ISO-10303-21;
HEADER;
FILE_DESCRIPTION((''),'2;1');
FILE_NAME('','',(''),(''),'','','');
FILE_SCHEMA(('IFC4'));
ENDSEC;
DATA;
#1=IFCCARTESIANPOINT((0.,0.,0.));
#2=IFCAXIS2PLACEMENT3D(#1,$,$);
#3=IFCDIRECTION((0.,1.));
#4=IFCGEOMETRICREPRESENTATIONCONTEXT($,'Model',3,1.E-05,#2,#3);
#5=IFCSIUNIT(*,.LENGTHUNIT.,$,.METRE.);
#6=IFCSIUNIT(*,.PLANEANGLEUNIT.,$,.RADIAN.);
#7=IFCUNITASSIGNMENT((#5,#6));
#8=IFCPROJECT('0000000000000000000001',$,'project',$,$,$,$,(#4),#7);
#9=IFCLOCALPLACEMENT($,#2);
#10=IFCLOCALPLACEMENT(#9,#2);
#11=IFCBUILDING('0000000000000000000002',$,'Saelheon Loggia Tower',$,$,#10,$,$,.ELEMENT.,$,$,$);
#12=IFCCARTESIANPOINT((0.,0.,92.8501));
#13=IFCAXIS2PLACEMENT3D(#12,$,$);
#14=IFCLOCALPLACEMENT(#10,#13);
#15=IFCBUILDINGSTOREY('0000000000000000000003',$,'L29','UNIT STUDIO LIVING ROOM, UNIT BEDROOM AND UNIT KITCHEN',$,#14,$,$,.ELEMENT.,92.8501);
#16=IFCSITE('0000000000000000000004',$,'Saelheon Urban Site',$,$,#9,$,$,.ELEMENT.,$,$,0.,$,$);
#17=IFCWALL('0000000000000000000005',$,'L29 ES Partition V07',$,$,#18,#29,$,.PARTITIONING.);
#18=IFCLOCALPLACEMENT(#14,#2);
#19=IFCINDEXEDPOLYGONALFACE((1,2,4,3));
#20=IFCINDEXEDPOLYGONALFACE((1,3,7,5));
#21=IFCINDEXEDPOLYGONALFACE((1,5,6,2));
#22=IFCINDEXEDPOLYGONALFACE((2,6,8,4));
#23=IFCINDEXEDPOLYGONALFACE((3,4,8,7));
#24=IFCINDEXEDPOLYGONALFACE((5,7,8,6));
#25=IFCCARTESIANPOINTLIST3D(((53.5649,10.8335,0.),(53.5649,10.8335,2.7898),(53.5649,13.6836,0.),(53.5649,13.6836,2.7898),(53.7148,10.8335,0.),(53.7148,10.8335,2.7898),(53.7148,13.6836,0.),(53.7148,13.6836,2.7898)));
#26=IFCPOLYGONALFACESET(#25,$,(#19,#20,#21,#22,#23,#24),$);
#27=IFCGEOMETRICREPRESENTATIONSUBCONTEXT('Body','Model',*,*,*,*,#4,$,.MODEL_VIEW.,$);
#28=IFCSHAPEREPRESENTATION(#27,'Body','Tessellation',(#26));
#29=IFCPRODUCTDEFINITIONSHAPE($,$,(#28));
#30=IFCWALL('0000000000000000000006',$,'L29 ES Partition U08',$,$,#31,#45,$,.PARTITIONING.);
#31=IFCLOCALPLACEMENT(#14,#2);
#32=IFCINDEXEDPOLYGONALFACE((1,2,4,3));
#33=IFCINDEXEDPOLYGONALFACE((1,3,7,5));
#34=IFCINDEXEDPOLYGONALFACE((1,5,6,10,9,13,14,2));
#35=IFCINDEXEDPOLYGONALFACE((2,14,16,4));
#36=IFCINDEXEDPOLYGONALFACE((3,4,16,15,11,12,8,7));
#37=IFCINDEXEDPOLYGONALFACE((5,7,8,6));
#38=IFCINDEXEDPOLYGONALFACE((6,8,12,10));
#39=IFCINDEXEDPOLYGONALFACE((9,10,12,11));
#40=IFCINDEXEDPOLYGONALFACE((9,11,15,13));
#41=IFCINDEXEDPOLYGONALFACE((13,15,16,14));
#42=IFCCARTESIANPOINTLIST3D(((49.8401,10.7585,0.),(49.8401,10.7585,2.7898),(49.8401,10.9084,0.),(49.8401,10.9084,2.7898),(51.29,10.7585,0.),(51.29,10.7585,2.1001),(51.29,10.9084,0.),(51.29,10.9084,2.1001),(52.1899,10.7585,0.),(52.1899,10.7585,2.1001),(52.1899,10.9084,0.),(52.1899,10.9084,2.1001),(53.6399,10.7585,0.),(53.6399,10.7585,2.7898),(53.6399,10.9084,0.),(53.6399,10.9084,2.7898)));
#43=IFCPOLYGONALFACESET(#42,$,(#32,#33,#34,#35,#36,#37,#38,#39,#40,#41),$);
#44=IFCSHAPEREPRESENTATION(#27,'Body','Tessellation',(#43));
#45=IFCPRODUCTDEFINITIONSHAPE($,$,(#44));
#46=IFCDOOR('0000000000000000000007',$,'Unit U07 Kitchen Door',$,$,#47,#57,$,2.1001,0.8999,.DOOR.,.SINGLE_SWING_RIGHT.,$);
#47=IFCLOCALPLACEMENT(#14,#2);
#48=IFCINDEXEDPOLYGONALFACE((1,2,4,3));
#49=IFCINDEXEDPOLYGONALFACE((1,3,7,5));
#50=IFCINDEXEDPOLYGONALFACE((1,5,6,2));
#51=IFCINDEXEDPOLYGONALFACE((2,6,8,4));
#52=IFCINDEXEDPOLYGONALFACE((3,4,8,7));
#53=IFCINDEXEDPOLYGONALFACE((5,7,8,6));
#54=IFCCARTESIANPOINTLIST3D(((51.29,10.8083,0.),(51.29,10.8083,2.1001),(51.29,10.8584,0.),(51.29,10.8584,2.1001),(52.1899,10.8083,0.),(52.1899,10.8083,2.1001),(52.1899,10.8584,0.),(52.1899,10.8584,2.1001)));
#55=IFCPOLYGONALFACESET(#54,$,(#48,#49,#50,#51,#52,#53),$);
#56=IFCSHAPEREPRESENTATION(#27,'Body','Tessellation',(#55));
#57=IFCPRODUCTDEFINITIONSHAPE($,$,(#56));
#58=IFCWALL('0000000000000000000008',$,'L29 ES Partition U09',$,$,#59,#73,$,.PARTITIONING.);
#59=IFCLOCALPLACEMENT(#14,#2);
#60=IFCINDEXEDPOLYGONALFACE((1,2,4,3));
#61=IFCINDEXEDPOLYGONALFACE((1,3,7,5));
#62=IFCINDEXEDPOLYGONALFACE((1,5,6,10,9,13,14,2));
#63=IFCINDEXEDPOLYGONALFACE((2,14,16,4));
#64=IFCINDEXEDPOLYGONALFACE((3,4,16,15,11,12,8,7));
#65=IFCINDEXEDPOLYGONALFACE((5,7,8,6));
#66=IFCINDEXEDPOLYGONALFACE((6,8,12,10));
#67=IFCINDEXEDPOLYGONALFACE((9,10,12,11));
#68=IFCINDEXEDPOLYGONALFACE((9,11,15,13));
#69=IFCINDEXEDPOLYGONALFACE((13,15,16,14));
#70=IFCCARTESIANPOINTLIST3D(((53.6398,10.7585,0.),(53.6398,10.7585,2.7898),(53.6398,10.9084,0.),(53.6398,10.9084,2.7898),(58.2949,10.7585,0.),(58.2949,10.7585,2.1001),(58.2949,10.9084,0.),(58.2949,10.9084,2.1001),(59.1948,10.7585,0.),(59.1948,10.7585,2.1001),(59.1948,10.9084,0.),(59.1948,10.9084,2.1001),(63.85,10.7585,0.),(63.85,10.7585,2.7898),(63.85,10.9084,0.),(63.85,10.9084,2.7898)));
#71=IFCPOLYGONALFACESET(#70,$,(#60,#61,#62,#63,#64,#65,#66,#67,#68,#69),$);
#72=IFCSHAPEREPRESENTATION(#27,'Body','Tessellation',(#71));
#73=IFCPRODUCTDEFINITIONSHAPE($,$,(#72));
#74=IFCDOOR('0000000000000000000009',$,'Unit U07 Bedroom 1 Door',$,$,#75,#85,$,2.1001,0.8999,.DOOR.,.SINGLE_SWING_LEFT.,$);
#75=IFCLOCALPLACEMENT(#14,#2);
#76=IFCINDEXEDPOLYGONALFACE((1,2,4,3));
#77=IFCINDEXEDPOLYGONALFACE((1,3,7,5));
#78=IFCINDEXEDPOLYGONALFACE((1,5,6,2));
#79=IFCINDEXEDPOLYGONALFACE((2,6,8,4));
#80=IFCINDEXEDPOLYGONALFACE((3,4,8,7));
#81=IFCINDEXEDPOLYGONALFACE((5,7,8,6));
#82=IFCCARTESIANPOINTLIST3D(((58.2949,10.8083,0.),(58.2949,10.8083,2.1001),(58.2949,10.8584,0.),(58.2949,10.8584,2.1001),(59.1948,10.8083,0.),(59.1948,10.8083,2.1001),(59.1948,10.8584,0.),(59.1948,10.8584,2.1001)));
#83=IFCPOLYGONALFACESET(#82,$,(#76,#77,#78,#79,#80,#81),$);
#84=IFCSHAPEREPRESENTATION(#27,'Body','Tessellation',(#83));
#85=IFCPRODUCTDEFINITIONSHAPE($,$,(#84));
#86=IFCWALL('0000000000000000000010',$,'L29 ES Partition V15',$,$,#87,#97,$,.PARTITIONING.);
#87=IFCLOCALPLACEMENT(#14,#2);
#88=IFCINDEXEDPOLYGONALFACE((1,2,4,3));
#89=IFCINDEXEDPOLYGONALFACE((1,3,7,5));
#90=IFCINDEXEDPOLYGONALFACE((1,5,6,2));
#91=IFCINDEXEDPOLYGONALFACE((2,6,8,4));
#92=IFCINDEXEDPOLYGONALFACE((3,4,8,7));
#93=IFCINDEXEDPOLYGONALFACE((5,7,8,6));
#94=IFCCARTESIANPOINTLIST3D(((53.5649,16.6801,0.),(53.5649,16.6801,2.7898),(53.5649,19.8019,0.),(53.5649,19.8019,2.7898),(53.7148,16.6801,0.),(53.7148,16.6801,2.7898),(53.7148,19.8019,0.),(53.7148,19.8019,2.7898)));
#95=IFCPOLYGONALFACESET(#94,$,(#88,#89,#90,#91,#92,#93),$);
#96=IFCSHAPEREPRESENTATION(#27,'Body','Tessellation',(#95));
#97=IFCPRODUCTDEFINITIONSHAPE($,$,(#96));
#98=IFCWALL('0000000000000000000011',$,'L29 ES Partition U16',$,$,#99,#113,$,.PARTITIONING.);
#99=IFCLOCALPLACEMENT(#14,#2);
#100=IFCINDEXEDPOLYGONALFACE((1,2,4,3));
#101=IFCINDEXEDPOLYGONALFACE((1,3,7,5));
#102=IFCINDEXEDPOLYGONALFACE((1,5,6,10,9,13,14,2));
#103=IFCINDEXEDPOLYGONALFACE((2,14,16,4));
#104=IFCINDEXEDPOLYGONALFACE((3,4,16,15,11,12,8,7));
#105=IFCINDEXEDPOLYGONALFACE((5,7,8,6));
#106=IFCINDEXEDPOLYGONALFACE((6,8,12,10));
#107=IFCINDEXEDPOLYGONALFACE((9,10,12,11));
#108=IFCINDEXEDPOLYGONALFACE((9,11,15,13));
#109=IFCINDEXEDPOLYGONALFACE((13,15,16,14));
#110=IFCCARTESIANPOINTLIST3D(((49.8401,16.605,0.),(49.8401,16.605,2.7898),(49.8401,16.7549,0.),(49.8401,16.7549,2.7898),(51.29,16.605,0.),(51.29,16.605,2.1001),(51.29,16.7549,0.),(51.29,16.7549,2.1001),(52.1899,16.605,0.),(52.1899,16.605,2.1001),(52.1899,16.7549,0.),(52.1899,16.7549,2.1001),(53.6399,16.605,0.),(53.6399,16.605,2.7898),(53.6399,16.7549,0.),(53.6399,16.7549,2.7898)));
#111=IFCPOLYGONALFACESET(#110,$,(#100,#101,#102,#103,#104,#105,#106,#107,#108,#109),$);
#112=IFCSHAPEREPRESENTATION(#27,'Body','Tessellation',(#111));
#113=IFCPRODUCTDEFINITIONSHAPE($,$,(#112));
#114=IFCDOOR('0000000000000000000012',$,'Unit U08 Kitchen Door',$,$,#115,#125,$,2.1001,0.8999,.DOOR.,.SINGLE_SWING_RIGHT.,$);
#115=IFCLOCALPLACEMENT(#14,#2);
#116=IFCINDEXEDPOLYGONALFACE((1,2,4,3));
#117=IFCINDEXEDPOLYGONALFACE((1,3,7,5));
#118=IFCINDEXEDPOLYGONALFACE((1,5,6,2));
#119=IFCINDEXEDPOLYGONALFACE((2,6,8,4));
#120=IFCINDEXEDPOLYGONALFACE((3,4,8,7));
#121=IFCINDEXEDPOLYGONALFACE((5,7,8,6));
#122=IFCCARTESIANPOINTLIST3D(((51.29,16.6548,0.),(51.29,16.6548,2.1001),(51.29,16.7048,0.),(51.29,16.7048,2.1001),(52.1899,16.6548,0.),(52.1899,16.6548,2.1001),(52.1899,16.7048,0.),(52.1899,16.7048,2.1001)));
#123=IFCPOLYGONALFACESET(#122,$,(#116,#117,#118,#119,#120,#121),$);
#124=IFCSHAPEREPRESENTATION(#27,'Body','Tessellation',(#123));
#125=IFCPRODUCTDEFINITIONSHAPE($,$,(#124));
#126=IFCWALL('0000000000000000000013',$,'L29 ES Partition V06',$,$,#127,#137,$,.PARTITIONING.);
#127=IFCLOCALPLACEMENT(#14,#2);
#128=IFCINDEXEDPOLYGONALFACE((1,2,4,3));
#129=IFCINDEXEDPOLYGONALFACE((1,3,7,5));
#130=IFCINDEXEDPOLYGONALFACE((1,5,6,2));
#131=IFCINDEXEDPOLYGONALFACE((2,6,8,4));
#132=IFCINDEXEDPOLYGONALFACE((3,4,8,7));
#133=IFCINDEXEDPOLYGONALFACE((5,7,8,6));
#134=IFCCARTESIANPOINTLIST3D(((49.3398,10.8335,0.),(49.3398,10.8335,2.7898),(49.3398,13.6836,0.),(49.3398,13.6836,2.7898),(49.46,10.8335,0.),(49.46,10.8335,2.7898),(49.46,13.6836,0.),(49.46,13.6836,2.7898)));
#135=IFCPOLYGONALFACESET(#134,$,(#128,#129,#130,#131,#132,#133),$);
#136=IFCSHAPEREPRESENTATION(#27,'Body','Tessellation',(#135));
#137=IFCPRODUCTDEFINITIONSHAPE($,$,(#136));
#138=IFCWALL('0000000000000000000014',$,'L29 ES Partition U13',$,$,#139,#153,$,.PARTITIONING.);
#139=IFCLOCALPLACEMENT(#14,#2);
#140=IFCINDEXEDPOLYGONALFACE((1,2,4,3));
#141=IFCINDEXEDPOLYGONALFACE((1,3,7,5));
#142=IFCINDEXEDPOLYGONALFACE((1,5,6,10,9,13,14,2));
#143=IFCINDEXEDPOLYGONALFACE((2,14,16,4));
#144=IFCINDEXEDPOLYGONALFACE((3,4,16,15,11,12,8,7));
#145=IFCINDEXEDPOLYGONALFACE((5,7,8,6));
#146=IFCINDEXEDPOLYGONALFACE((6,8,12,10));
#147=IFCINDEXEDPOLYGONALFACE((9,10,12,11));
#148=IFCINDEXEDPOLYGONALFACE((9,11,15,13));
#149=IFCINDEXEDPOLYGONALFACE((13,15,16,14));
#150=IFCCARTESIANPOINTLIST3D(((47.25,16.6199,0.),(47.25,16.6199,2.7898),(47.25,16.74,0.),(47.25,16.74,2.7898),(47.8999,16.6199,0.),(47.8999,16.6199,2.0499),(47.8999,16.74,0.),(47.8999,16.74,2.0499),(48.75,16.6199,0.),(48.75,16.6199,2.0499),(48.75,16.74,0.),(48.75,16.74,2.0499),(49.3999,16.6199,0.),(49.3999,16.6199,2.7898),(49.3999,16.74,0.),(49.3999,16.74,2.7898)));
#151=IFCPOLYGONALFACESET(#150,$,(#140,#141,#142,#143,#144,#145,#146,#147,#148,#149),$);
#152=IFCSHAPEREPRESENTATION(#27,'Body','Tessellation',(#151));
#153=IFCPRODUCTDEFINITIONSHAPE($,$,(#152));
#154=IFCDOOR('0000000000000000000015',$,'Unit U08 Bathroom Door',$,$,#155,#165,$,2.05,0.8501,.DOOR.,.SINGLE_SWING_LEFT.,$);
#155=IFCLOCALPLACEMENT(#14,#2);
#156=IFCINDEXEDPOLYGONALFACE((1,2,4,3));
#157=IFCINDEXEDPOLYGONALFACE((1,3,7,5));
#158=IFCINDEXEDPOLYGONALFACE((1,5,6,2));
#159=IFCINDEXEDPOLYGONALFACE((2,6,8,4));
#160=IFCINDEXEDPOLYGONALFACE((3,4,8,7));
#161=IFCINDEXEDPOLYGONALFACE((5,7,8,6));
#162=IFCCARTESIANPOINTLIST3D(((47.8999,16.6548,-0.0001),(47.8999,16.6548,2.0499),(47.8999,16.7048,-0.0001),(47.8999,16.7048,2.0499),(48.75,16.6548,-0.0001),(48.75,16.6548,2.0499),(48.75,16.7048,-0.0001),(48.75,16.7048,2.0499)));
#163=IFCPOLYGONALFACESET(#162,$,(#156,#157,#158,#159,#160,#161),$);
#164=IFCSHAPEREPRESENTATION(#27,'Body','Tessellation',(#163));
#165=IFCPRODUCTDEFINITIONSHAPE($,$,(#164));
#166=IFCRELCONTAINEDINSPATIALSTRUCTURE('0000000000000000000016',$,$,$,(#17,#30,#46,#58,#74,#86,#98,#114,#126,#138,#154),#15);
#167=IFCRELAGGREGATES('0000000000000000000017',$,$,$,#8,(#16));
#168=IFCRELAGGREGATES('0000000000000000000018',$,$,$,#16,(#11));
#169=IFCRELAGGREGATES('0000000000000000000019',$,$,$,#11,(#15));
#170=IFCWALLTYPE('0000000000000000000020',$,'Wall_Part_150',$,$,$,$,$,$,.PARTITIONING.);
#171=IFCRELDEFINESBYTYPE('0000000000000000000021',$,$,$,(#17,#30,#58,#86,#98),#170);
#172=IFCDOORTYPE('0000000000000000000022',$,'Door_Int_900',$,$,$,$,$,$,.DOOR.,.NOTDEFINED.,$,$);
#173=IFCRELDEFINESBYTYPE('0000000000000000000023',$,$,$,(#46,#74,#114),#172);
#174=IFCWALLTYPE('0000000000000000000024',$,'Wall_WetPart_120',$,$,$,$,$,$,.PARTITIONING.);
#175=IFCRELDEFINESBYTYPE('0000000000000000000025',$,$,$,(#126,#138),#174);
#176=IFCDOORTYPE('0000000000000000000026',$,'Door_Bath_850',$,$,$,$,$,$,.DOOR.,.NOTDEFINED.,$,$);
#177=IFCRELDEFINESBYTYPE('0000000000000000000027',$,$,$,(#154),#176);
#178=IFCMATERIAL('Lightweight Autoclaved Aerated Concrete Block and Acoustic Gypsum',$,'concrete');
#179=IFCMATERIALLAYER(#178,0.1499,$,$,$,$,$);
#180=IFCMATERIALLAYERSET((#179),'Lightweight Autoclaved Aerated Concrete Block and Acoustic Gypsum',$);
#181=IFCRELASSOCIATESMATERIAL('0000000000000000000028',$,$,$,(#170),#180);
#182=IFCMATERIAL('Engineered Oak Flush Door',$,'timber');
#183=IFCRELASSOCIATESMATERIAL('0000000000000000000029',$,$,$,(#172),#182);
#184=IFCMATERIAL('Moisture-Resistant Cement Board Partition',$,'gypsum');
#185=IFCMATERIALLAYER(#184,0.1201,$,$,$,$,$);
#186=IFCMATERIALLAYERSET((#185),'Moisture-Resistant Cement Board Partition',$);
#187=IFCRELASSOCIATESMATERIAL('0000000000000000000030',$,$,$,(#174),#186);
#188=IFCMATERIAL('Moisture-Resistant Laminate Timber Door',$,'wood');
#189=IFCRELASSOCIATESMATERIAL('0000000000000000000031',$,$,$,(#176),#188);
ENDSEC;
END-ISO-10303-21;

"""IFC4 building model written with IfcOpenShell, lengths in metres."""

from ifc_helpers import new_model, si_unit, direction, frame, frame_2d, origin, place, context, subcontext, project, spatial, rectangle, extrude, source, transform, mapped, material, layer, layer_set, type_object, element, fill, save


model = new_model("IFC4")

# Units and contexts
model_context = context("Model", 3, precision=1e-05, world=origin(), true_north=direction((0.0, 1.0)))
body_context = subcontext(model_context, "Body", "Model", "MODEL_VIEW")
ifc_project = project(units=[si_unit("LENGTHUNIT", "METRE"), si_unit("PLANEANGLEUNIT", "RADIAN")], contexts=[model_context])

# Site, building, storey
site_placement = place(None, origin())
site = spatial("IfcSite", under=ifc_project, at=site_placement, Name="Saelheon Urban Site", CompositionType="ELEMENT", RefElevation=0.0)
building_placement = place(site_placement, origin())
building = spatial("IfcBuilding", under=site, at=building_placement, Name="Saelheon Loggia Tower", CompositionType="ELEMENT")
storey_placement = place(building_placement, frame((0.0, 0.0, 92.8501)))
storey = spatial("IfcBuildingStorey", under=building, at=storey_placement, Name="L29", Description="UNIT STUDIO LIVING ROOM, UNIT BEDROOM AND UNIT KITCHEN", CompositionType="ELEMENT", Elevation=92.8501)

# Wall
ifc_material_1 = material(Name="Lightweight Autoclaved Aerated Concrete Block and Acoustic Gypsum", Category="concrete")
ifc_layer_1 = layer(ifc_material_1, 0.1499)
ifc_layer_set_1 = layer_set([ifc_layer_1], Name="Lightweight Autoclaved Aerated Concrete Block and Acoustic Gypsum")
wall_type_1 = type_object("IfcWallType", Name="Wall_Part_150", PredefinedType="PARTITIONING", material=ifc_layer_set_1)
wall_1_placement = place(storey_placement, frame((53.6399, 10.8335, 0.0), z_axis=(0.0, 0.0, 1.0), x_axis=(0.0, 1.0, 0.0)))
element("IfcWall", 1, at=wall_1_placement, inside=storey, type_object=wall_type_1, Name="L29 ES Partition V07", PredefinedType="PARTITIONING", context=body_context, shape_type="SweptSolid", body=[
    extrude(rectangle(XDim=2.8501, YDim=0.1499, at=frame_2d((1.425, 0.0))), origin(), (0.0, 0.0, 1.0), 2.7898),
])

# Walls, openings, doors
wall_2_placement = place(storey_placement, frame((49.8401, 10.8335, 0.0), z_axis=(0.0, 0.0, 1.0), x_axis=(1.0, 0.0, 0.0)))
wall_2 = element("IfcWall", 2, at=wall_2_placement, inside=storey, type_object=wall_type_1, Name="L29 ES Partition U08", PredefinedType="PARTITIONING", context=body_context, shape_type="SweptSolid", body=[
    extrude(rectangle(XDim=3.7998, YDim=0.1499, at=frame_2d((1.8999, 0.0))), origin(), (0.0, 0.0, 1.0), 2.7898),
])
opening_1_placement = place(wall_2_placement, frame((1.45, 0.0, 0.0)))
opening_1 = element("IfcOpeningElement", 3, at=opening_1_placement, cuts=wall_2, PredefinedType="OPENING", context=body_context, shape_type="SweptSolid", body=[
    extrude(rectangle(XDim=0.8999, YDim=2.1001, at=frame_2d((0.45, 1.05))), frame((0.0, 0.0869, 0.0), z_axis=(0.0, -1.0, 0.0), x_axis=(1.0, 0.0, 0.0)), (0.0, 0.0, 1.0), 0.1738),
])
ifc_material_2 = material(Name="Engineered Oak Flush Door", Category="timber")
door_type_1 = type_object("IfcDoorType", Name="Door_Int_900", OperationType="NOTDEFINED", PredefinedType="DOOR", material=ifc_material_2)
shared_shape_1 = source(origin(), body_context, "Body", "SweptSolid", [
    extrude(rectangle(XDim=0.8999, YDim=2.1001, at=frame_2d((0.45, 1.05))), frame((0.0, 0.0249, 0.0), z_axis=(0.0, -1.0, 0.0), x_axis=(1.0, 0.0, 0.0)), (0.0, 0.0, 1.0), 0.05),
])
door_1_placement = place(opening_1_placement, origin())
door_1 = element("IfcDoor", 4, at=door_1_placement, inside=storey, type_object=door_type_1, Name="Unit U07 Kitchen Door", OperationType="SINGLE_SWING_RIGHT", OverallHeight=2.1001, OverallWidth=0.8999, PredefinedType="DOOR", context=body_context, shape_type="MappedRepresentation", body=[
    mapped(shared_shape_1, transform((0.0, 0.0, 0.0), scale=1.0)),
])
fill(opening_1, door_1)
wall_3_placement = place(storey_placement, frame((53.6399, 10.8335, 0.0), z_axis=(0.0, 0.0, 1.0), x_axis=(1.0, 0.0, 0.0)))
wall_3 = element("IfcWall", 5, at=wall_3_placement, inside=storey, type_object=wall_type_1, Name="L29 ES Partition U09", PredefinedType="PARTITIONING", context=body_context, shape_type="SweptSolid", body=[
    extrude(rectangle(XDim=10.2102, YDim=0.1499, at=frame_2d((5.105, 0.0))), origin(), (0.0, 0.0, 1.0), 2.7898),
])
opening_2_placement = place(wall_3_placement, frame((4.655, 0.0, 0.0)))
opening_2 = element("IfcOpeningElement", 6, at=opening_2_placement, cuts=wall_3, PredefinedType="OPENING", context=body_context, shape_type="SweptSolid", body=[
    extrude(rectangle(XDim=0.8999, YDim=2.1001, at=frame_2d((0.45, 1.05))), frame((0.0, 0.0869, 0.0), z_axis=(0.0, -1.0, 0.0), x_axis=(1.0, 0.0, 0.0)), (0.0, 0.0, 1.0), 0.1738),
])
door_2_placement = place(opening_2_placement, origin())
door_2 = element("IfcDoor", 7, at=door_2_placement, inside=storey, type_object=door_type_1, Name="Unit U07 Bedroom 1 Door", OperationType="SINGLE_SWING_LEFT", OverallHeight=2.1001, OverallWidth=0.8999, PredefinedType="DOOR", context=body_context, shape_type="MappedRepresentation", body=[
    mapped(shared_shape_1, transform((0.0, 0.0, 0.0), scale=1.0)),
])
fill(opening_2, door_2)

# Wall
wall_4_placement = place(storey_placement, frame((53.6399, 16.6799, 0.0), z_axis=(0.0, 0.0, 1.0), x_axis=(0.0, 1.0, 0.0)))
element("IfcWall", 8, at=wall_4_placement, inside=storey, type_object=wall_type_1, Name="L29 ES Partition V15", PredefinedType="PARTITIONING", context=body_context, shape_type="SweptSolid", body=[
    extrude(rectangle(XDim=3.1218, YDim=0.1499, at=frame_2d((1.561, 0.0))), origin(), (0.0, 0.0, 1.0), 2.7898),
])

# Wall, opening, door
wall_5_placement = place(storey_placement, frame((49.8401, 16.6799, 0.0), z_axis=(0.0, 0.0, 1.0), x_axis=(1.0, 0.0, 0.0)))
wall_5 = element("IfcWall", 9, at=wall_5_placement, inside=storey, type_object=wall_type_1, Name="L29 ES Partition U16", PredefinedType="PARTITIONING", context=body_context, shape_type="SweptSolid", body=[
    extrude(rectangle(XDim=3.7998, YDim=0.1499, at=frame_2d((1.8999, 0.0))), origin(), (0.0, 0.0, 1.0), 2.7898),
])
opening_3_placement = place(wall_5_placement, frame((1.45, 0.0, 0.0)))
opening_3 = element("IfcOpeningElement", 10, at=opening_3_placement, cuts=wall_5, PredefinedType="OPENING", context=body_context, shape_type="SweptSolid", body=[
    extrude(rectangle(XDim=0.8999, YDim=2.1001, at=frame_2d((0.45, 1.05))), frame((0.0, 0.0869, 0.0), z_axis=(0.0, -1.0, 0.0), x_axis=(1.0, 0.0, 0.0)), (0.0, 0.0, 1.0), 0.1738),
])
door_3_placement = place(opening_3_placement, origin())
door_3 = element("IfcDoor", 11, at=door_3_placement, inside=storey, type_object=door_type_1, Name="Unit U08 Kitchen Door", OperationType="SINGLE_SWING_RIGHT", OverallHeight=2.1001, OverallWidth=0.8999, PredefinedType="DOOR", context=body_context, shape_type="MappedRepresentation", body=[
    mapped(shared_shape_1, transform((0.0, 0.0, 0.0), scale=1.0)),
])
fill(opening_3, door_3)

# Wall
ifc_material_3 = material(Name="Moisture-Resistant Cement Board Partition", Category="gypsum")
ifc_layer_2 = layer(ifc_material_3, 0.1201)
ifc_layer_set_2 = layer_set([ifc_layer_2], Name="Moisture-Resistant Cement Board Partition")
wall_type_2 = type_object("IfcWallType", Name="Wall_WetPart_120", PredefinedType="PARTITIONING", material=ifc_layer_set_2)
wall_6_placement = place(storey_placement, frame((49.3999, 10.8335, 0.0), z_axis=(0.0, 0.0, 1.0), x_axis=(0.0, 1.0, 0.0)))
element("IfcWall", 12, at=wall_6_placement, inside=storey, type_object=wall_type_2, Name="L29 ES Partition V06", PredefinedType="PARTITIONING", context=body_context, shape_type="SweptSolid", body=[
    extrude(rectangle(XDim=2.8501, YDim=0.1201, at=frame_2d((1.425, 0.0))), origin(), (0.0, 0.0, 1.0), 2.7898),
])

# Wall, opening, door
wall_7_placement = place(storey_placement, frame((47.25, 16.6799, 0.0), z_axis=(0.0, 0.0, 1.0), x_axis=(1.0, 0.0, 0.0)))
wall_7 = element("IfcWall", 13, at=wall_7_placement, inside=storey, type_object=wall_type_2, Name="L29 ES Partition U13", PredefinedType="PARTITIONING", context=body_context, shape_type="SweptSolid", body=[
    extrude(rectangle(XDim=2.1499, YDim=0.1201, at=frame_2d((1.075, 0.0))), origin(), (0.0, 0.0, 1.0), 2.7898),
])
opening_4_placement = place(wall_7_placement, frame((0.6499, 0.0, 0.0)))
opening_4 = element("IfcOpeningElement", 14, at=opening_4_placement, cuts=wall_7, PredefinedType="OPENING", context=body_context, shape_type="SweptSolid", body=[
    extrude(rectangle(XDim=0.8501, YDim=2.05, at=frame_2d((0.425, 1.0249))), frame((0.0, 0.072, 0.0), z_axis=(0.0, -1.0, 0.0), x_axis=(1.0, 0.0, 0.0)), (0.0, 0.0, 1.0), 0.144),
])
ifc_material_4 = material(Name="Moisture-Resistant Laminate Timber Door", Category="wood")
door_type_2 = type_object("IfcDoorType", Name="Door_Bath_850", OperationType="NOTDEFINED", PredefinedType="DOOR", material=ifc_material_4)
shared_shape_2 = source(origin(), body_context, "Body", "SweptSolid", [
    extrude(rectangle(XDim=0.8501, YDim=2.05, at=frame_2d((0.425, 1.0249))), frame((0.0, 0.0249, 0.0), z_axis=(0.0, -1.0, 0.0), x_axis=(1.0, 0.0, 0.0)), (0.0, 0.0, 1.0), 0.05),
])
door_4_placement = place(opening_4_placement, origin())
door_4 = element("IfcDoor", 15, at=door_4_placement, inside=storey, type_object=door_type_2, Name="Unit U08 Bathroom Door", OperationType="SINGLE_SWING_LEFT", OverallHeight=2.05, OverallWidth=0.8501, PredefinedType="DOOR", context=body_context, shape_type="MappedRepresentation", body=[
    mapped(shared_shape_2, transform((0.0, 0.0, 0.0), scale=1.0)),
])
fill(opening_4, door_4)

save(model, "model.ifc")
